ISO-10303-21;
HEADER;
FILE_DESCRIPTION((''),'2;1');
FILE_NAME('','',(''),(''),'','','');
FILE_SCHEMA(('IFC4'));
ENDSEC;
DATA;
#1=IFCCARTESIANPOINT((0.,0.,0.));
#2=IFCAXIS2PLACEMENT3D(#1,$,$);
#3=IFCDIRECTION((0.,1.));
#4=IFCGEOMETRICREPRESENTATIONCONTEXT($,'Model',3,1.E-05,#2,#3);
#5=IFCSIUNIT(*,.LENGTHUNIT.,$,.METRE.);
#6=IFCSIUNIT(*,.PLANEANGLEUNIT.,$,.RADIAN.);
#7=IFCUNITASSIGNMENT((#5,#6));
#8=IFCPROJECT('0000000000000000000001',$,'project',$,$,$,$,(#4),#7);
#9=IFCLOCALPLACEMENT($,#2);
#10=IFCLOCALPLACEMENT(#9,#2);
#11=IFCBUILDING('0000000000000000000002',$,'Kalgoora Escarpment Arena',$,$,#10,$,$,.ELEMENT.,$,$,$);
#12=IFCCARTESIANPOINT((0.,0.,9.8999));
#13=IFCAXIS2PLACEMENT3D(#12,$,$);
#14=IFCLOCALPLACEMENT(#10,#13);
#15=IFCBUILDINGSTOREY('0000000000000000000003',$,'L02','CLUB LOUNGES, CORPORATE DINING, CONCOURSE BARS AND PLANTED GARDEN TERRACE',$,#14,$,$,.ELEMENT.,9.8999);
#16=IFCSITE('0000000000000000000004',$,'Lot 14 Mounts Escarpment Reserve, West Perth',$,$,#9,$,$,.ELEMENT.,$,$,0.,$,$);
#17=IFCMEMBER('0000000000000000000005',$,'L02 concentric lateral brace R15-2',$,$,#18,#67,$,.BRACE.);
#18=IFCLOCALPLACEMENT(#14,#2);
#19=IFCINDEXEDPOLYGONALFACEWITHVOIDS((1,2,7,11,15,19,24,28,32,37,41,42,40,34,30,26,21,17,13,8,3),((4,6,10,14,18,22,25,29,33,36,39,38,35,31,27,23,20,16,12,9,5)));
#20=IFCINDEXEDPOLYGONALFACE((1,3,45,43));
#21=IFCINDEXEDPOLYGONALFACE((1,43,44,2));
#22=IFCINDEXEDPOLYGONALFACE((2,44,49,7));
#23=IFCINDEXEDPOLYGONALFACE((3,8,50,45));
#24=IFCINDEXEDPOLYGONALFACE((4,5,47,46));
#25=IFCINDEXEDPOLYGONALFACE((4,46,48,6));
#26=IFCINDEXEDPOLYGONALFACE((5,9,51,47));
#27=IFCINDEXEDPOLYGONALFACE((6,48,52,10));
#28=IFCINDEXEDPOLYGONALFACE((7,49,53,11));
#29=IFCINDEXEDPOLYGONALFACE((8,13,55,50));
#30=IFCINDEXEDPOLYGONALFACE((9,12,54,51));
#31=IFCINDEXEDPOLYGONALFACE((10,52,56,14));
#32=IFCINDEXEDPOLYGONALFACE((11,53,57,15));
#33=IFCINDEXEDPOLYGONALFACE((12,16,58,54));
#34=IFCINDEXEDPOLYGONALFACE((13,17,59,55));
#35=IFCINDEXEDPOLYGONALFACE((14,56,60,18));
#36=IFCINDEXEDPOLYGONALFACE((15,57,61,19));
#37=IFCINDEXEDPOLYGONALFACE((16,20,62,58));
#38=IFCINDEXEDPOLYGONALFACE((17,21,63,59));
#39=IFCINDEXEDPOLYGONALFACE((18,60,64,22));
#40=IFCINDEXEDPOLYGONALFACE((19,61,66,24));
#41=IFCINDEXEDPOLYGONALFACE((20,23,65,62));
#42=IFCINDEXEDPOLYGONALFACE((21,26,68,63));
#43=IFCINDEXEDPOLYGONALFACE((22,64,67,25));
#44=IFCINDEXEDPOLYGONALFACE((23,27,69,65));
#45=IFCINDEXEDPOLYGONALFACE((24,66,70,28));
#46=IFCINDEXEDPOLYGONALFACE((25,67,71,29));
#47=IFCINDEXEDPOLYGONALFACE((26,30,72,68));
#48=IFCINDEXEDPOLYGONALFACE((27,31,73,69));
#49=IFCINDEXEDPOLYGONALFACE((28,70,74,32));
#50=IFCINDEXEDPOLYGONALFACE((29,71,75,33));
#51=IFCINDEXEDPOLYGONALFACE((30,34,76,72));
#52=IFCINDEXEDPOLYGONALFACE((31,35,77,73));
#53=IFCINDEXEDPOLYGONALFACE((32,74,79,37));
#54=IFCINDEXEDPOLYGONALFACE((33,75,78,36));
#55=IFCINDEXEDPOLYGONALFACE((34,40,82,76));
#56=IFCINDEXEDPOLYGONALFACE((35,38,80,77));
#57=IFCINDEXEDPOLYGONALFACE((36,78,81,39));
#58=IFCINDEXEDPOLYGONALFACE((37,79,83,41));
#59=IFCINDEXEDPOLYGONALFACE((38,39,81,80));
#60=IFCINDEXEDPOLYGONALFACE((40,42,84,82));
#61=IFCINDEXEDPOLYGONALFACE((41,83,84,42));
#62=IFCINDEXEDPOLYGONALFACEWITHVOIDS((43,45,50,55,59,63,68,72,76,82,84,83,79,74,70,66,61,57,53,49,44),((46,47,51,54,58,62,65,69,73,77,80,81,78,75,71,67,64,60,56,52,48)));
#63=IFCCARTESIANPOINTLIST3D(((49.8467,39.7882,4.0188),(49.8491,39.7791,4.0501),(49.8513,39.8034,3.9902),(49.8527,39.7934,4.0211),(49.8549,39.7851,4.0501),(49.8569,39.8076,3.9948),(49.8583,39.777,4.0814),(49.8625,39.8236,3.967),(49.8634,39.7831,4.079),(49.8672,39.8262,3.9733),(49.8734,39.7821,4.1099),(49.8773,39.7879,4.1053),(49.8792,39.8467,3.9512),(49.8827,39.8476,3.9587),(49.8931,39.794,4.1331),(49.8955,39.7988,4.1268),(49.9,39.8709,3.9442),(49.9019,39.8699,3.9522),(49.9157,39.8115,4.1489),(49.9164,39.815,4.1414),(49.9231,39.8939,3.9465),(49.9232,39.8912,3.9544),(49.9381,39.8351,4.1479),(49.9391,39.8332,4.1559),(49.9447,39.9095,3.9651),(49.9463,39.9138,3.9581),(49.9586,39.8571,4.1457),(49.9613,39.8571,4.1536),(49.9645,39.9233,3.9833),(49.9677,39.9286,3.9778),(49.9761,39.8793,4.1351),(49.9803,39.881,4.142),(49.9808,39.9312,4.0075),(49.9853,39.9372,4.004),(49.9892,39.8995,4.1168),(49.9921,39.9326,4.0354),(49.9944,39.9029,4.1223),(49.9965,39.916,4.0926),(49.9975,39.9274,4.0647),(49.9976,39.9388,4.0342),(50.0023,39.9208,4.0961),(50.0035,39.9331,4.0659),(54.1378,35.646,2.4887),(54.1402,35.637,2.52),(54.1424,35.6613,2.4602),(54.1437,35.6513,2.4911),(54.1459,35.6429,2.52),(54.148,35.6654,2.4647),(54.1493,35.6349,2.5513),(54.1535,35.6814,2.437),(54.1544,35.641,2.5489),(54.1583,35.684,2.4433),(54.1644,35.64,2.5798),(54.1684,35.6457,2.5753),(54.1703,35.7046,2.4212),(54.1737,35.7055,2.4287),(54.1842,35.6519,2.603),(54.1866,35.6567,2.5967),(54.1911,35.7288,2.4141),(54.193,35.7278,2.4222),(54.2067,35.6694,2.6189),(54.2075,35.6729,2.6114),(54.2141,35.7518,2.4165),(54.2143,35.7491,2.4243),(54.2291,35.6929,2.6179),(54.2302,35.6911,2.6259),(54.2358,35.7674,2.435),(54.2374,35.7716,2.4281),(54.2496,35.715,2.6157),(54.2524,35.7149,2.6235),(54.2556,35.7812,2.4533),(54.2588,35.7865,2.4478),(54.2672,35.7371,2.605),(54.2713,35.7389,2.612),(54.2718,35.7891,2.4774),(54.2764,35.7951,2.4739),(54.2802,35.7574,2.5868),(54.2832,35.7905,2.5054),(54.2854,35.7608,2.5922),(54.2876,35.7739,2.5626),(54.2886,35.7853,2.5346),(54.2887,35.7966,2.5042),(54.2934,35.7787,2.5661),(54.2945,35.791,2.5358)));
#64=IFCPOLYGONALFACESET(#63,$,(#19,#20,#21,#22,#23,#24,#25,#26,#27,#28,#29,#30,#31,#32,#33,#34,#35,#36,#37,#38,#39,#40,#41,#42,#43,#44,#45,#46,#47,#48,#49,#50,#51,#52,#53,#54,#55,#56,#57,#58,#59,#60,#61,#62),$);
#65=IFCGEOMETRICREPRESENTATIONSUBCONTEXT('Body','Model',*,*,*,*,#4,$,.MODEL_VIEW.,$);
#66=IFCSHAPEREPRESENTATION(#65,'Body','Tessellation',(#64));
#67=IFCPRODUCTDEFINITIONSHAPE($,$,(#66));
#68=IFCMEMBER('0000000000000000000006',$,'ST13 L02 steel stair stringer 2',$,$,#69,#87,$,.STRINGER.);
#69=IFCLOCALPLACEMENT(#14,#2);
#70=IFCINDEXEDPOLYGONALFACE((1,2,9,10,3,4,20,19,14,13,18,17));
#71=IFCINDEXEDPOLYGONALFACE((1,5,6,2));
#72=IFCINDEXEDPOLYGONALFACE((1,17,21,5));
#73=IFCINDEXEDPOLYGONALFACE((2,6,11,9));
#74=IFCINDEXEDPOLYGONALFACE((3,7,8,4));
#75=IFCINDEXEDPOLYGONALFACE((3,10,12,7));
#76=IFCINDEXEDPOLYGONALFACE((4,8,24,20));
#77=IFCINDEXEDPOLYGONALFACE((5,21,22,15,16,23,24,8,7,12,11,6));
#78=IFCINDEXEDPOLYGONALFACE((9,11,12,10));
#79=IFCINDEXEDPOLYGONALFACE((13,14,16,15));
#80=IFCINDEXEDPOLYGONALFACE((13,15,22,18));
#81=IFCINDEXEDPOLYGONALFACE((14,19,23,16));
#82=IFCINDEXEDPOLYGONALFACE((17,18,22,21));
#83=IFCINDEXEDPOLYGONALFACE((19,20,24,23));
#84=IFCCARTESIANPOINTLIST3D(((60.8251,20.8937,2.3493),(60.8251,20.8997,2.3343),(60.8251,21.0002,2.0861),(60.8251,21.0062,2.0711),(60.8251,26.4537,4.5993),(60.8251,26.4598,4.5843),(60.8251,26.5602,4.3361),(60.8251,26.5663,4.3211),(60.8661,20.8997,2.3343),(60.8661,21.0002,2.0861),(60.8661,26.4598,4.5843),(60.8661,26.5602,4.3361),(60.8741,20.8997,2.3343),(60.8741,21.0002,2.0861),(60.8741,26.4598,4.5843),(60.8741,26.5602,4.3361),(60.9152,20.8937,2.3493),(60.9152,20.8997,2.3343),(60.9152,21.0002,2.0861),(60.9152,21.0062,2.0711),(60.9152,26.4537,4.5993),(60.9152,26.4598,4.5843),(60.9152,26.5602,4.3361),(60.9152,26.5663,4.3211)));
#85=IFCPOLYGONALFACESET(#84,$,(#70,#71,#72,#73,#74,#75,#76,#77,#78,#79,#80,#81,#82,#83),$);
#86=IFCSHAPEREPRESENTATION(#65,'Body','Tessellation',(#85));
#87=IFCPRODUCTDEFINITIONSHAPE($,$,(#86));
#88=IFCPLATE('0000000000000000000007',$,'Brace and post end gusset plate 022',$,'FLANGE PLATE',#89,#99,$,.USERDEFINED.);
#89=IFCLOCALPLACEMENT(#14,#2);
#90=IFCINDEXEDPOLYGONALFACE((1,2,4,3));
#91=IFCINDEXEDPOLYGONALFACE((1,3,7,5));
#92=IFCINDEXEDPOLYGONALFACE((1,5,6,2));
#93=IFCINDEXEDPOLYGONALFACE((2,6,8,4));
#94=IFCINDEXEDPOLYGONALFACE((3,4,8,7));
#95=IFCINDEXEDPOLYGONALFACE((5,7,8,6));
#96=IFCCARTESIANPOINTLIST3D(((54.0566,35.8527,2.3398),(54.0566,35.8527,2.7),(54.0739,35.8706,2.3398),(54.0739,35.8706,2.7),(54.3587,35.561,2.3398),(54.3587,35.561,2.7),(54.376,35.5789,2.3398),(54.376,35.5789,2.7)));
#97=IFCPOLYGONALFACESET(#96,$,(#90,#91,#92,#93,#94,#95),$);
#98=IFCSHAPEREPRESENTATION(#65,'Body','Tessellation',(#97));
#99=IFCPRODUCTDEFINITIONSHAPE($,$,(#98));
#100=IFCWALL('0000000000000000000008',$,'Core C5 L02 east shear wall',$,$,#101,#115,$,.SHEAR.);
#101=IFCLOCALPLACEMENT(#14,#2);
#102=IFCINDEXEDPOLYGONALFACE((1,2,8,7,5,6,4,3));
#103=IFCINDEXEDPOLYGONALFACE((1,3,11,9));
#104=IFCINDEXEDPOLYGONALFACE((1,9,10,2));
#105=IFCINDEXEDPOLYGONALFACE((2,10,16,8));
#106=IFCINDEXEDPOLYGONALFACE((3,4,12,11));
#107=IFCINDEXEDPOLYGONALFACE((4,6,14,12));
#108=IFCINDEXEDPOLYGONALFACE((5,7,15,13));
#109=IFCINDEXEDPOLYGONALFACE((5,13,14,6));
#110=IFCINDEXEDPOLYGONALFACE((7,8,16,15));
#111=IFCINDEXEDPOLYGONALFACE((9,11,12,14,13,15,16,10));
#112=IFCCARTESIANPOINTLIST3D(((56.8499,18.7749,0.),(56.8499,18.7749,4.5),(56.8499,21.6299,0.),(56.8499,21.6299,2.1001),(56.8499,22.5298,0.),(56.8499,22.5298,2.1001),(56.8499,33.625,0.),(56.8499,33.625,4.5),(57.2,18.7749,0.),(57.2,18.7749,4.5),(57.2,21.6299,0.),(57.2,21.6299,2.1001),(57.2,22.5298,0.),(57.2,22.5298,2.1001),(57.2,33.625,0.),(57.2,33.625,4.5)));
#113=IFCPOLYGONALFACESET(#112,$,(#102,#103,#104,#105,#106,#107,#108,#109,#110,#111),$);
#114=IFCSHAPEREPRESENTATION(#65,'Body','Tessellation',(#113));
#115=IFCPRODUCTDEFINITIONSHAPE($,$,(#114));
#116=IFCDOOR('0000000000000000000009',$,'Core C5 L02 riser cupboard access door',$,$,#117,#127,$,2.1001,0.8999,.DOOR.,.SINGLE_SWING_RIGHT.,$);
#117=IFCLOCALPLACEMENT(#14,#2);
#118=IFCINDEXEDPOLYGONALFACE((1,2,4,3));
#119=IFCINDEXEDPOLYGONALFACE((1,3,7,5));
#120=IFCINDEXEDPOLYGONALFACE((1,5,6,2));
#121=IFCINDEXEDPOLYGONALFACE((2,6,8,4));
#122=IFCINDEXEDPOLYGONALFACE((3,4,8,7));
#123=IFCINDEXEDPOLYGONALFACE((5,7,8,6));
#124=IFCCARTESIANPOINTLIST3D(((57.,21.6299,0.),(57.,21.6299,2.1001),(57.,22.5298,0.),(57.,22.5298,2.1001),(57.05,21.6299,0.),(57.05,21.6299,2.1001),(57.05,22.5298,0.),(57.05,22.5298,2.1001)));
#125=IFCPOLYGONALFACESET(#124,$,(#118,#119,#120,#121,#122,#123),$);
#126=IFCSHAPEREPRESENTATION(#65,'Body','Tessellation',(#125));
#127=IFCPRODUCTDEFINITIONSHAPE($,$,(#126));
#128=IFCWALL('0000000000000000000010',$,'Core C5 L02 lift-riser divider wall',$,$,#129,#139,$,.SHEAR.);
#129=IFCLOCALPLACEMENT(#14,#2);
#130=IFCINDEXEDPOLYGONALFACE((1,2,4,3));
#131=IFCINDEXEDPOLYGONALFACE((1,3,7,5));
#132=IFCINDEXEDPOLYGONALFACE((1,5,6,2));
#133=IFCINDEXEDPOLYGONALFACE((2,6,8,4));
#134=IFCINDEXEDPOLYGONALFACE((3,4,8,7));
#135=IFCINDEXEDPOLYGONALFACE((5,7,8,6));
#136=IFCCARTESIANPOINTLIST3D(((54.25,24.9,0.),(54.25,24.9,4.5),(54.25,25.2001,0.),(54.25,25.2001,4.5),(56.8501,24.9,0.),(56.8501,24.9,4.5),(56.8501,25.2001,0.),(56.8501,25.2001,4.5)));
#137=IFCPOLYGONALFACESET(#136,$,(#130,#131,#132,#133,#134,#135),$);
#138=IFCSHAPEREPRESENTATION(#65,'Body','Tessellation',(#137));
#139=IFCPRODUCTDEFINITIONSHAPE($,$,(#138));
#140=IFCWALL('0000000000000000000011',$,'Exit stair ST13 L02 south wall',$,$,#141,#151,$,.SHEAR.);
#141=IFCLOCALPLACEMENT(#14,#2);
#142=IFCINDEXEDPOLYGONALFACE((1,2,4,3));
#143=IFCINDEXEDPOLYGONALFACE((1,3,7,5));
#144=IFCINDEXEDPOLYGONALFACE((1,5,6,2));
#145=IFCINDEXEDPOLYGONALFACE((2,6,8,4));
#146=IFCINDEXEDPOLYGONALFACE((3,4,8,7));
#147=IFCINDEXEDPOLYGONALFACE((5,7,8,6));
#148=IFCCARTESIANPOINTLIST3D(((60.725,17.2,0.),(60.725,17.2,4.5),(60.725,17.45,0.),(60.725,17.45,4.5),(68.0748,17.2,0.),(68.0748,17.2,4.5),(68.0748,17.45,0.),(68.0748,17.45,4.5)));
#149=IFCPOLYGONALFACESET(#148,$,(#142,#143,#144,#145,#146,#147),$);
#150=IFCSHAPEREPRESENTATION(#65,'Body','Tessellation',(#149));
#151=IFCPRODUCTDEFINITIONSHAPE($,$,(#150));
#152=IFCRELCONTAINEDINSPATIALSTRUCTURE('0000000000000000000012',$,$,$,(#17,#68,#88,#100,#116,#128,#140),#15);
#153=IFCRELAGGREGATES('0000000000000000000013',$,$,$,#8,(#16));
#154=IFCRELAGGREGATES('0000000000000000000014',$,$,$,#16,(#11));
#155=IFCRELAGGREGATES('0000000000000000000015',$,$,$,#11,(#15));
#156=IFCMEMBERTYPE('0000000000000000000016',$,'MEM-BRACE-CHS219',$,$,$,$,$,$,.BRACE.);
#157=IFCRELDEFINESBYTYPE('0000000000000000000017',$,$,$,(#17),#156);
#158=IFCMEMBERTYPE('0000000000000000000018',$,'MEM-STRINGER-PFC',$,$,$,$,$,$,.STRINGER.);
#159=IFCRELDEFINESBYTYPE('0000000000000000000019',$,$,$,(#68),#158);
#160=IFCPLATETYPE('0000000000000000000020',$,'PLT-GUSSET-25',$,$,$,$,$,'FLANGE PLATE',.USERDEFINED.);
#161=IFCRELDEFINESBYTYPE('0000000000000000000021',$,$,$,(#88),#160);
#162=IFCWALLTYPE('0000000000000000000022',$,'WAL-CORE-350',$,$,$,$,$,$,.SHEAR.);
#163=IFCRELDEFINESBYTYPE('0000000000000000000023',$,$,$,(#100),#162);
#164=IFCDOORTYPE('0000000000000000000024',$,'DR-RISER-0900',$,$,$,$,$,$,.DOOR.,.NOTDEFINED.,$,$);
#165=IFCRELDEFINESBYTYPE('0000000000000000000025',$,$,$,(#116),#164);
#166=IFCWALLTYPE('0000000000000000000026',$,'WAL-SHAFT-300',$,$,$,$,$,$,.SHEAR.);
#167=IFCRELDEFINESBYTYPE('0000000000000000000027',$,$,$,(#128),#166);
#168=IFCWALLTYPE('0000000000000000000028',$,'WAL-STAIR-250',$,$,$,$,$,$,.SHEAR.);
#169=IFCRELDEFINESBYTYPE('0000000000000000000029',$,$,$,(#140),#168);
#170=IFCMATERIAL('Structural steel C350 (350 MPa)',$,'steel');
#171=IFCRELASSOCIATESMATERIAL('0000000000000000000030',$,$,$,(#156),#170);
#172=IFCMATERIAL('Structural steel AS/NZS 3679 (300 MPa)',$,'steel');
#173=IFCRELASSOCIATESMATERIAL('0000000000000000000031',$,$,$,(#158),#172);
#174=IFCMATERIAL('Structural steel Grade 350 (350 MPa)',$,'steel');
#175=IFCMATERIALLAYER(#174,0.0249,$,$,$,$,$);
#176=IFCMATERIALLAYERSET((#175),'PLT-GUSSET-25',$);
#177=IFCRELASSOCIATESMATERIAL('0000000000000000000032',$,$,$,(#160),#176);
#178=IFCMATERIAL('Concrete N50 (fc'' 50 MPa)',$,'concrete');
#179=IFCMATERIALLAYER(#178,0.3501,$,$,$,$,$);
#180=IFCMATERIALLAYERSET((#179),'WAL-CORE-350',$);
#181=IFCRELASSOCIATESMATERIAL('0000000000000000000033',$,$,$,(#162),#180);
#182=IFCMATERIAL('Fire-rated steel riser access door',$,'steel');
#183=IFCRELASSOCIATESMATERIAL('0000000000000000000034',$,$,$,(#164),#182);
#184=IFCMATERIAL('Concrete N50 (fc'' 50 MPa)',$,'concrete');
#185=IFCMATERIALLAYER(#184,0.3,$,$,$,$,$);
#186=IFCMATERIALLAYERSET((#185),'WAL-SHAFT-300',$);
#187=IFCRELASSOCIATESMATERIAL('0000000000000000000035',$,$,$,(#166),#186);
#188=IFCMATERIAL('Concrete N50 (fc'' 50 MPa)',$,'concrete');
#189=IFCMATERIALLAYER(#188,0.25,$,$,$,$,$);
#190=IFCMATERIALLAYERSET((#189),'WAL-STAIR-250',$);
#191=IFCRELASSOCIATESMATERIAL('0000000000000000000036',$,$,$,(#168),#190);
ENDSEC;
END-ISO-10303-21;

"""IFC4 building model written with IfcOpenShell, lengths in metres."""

from ifc_helpers import new_model, si_unit, direction, frame, frame_2d, origin, origin_2d, place, context, subcontext, project, spatial, rectangle, hollow_circle, i_section, extrude, material, layer, layer_set, material_profile, profile_set, type_object, element, fill, save


model = new_model("IFC4")

# Units and contexts
model_context = context("Model", 3, precision=1e-05, world=origin(), true_north=direction((0.0, 1.0)))
body_context = subcontext(model_context, "Body", "Model", "MODEL_VIEW")
ifc_project = project(units=[si_unit("LENGTHUNIT", "METRE"), si_unit("PLANEANGLEUNIT", "RADIAN")], contexts=[model_context])

# Site, building, storey
site_placement = place(None, origin())
site = spatial("IfcSite", under=ifc_project, at=site_placement, Name="Lot 14 Mounts Escarpment Reserve, West Perth", CompositionType="ELEMENT", RefElevation=0.0)
building_placement = place(site_placement, origin())
building = spatial("IfcBuilding", under=site, at=building_placement, Name="Kalgoora Escarpment Arena", CompositionType="ELEMENT")
storey_placement = place(building_placement, frame((0.0, 0.0, 9.8999)))
storey = spatial("IfcBuildingStorey", under=building, at=storey_placement, Name="L02", Description="CLUB LOUNGES, CORPORATE DINING, CONCOURSE BARS AND PLANTED GARDEN TERRACE", CompositionType="ELEMENT", Elevation=9.8999)

# Members
ifc_material_1 = material(Name="Structural steel C350 (350 MPa)", Category="steel")
ifc_material_profile_1 = material_profile(ifc_material_1, hollow_circle(Radius=0.1096, WallThickness=0.0083, at=origin_2d()))
ifc_profile_set_1 = profile_set([ifc_material_profile_1], Name="Structural steel C350 (350 MPa)")
member_type_1 = type_object("IfcMemberType", Name="MEM-BRACE-CHS219", PredefinedType="BRACE", material=ifc_profile_set_1)
member_1_placement = place(storey_placement, frame((54.2163, 35.7158, 2.52), z_axis=(-0.696914, 0.672727, 0.248496), x_axis=(-0.694511, -0.719482, 0.0)))
element("IfcMember", 1, at=member_1_placement, inside=storey, type_object=member_type_1, Name="L02 concentric lateral brace R15-2", PredefinedType="BRACE", context=body_context, shape_type="SweptSolid", body=[
    extrude(hollow_circle(Radius=0.1096, WallThickness=0.0083, at=origin_2d()), origin(), (0.0, 0.0, 1.0), 6.1572),
])
ifc_material_2 = material(Name="Structural steel AS/NZS 3679 (300 MPa)", Category="steel")
ifc_material_profile_2 = material_profile(ifc_material_2, i_section(OverallWidth=0.0901, OverallDepth=0.3, WebThickness=0.0081, FlangeThickness=0.0161, at=origin_2d()))
ifc_profile_set_2 = profile_set([ifc_material_profile_2], Name="Structural steel AS/NZS 3679 (300 MPa)")
member_type_2 = type_object("IfcMemberType", Name="MEM-STRINGER-PFC", PredefinedType="STRINGER", material=ifc_profile_set_2)
member_2_placement = place(storey_placement, frame((60.8701, 20.95, 2.2102), z_axis=(0.0, 0.926976, 0.375121), x_axis=(-1.0, 0.0, 0.0)))
element("IfcMember", 2, at=member_2_placement, inside=storey, type_object=member_type_2, Name="ST13 L02 steel stair stringer 2", PredefinedType="STRINGER", context=body_context, shape_type="SweptSolid", body=[
    extrude(i_section(OverallWidth=0.0901, OverallDepth=0.3, WebThickness=0.0081, FlangeThickness=0.0161, at=origin_2d()), origin(), (0.0, 0.0, 1.0), 5.998),
])

# Plate
ifc_material_3 = material(Name="Structural steel Grade 350 (350 MPa)", Category="steel")
ifc_layer_1 = layer(ifc_material_3, 0.0249)
ifc_layer_set_1 = layer_set([ifc_layer_1], Name="PLT-GUSSET-25")
plate_type = type_object("IfcPlateType", Name="PLT-GUSSET-25", ElementType="FLANGE PLATE", PredefinedType="USERDEFINED", material=ifc_layer_set_1)
plate_placement = place(storey_placement, frame((54.2163, 35.7158, 2.3398), z_axis=(0.0, 0.0, 1.0), x_axis=(-0.71934, 0.694658, 0.0)))
element("IfcPlate", 3, at=plate_placement, inside=storey, type_object=plate_type, Name="Brace and post end gusset plate 022", ObjectType="FLANGE PLATE", PredefinedType="USERDEFINED", context=body_context, shape_type="SweptSolid", body=[
    extrude(rectangle(XDim=0.4199, YDim=0.0249, at=origin_2d()), origin(), (0.0, 0.0, 1.0), 0.3601),
])

# Wall, opening, door
ifc_material_4 = material(Name="Concrete N50 (fc' 50 MPa)", Category="concrete")
ifc_layer_2 = layer(ifc_material_4, 0.3501)
ifc_layer_set_2 = layer_set([ifc_layer_2], Name="WAL-CORE-350")
wall_type_1 = type_object("IfcWallType", Name="WAL-CORE-350", PredefinedType="SHEAR", material=ifc_layer_set_2)
wall_1_placement = place(storey_placement, frame((57.0249, 18.7749, 0.0), z_axis=(0.0, 0.0, 1.0), x_axis=(0.0, 1.0, 0.0)))
wall_1 = element("IfcWall", 4, at=wall_1_placement, inside=storey, type_object=wall_type_1, Name="Core C5 L02 east shear wall", PredefinedType="SHEAR", context=body_context, shape_type="SweptSolid", body=[
    extrude(rectangle(XDim=14.8501, YDim=0.3501, at=frame_2d((7.425, 0.0))), origin(), (0.0, 0.0, 1.0), 4.5),
])
opening_1_placement = place(wall_1_placement, frame((2.855, 0.0, 0.0)))
opening_1 = element("IfcOpeningElement", 5, at=opening_1_placement, cuts=wall_1, PredefinedType="OPENING", context=body_context, shape_type="SweptSolid", body=[
    extrude(rectangle(XDim=0.8999, YDim=2.1001, at=frame_2d((0.45, 1.05))), frame((0.0, 0.1851, 0.0), z_axis=(0.0, -1.0, 0.0), x_axis=(1.0, 0.0, 0.0)), (0.0, 0.0, 1.0), 0.3701),
])
ifc_material_5 = material(Name="Fire-rated steel riser access door", Category="steel")
door_type_1 = type_object("IfcDoorType", Name="DR-RISER-0900", OperationType="NOTDEFINED", PredefinedType="DOOR", material=ifc_material_5)
door_1_placement = place(opening_1_placement, origin())
door_1 = element("IfcDoor", 6, at=door_1_placement, inside=storey, type_object=door_type_1, Name="Core C5 L02 riser cupboard access door", OperationType="SINGLE_SWING_RIGHT", OverallHeight=2.1001, OverallWidth=0.8999, PredefinedType="DOOR", context=body_context, shape_type="SweptSolid", body=[
    extrude(rectangle(XDim=0.8999, YDim=2.1001, at=frame_2d((0.45, 1.05))), frame((0.0, 0.0249, 0.0), z_axis=(0.0, -1.0, 0.0), x_axis=(1.0, 0.0, 0.0)), (0.0, 0.0, 1.0), 0.05),
])
fill(opening_1, door_1)

# Walls
ifc_material_6 = material(Name="Concrete N50 (fc' 50 MPa)", Category="concrete")
ifc_layer_3 = layer(ifc_material_6, 0.3)
ifc_layer_set_3 = layer_set([ifc_layer_3], Name="WAL-SHAFT-300")
wall_type_2 = type_object("IfcWallType", Name="WAL-SHAFT-300", PredefinedType="SHEAR", material=ifc_layer_set_3)
wall_2_placement = place(storey_placement, frame((54.25, 25.05, 0.0), z_axis=(0.0, 0.0, 1.0), x_axis=(1.0, 0.0, 0.0)))
element("IfcWall", 7, at=wall_2_placement, inside=storey, type_object=wall_type_2, Name="Core C5 L02 lift-riser divider wall", PredefinedType="SHEAR", context=body_context, shape_type="SweptSolid", body=[
    extrude(rectangle(XDim=2.6001, YDim=0.3, at=frame_2d((1.3, 0.0))), origin(), (0.0, 0.0, 1.0), 4.5),
])
ifc_material_7 = material(Name="Concrete N50 (fc' 50 MPa)", Category="concrete")
ifc_layer_4 = layer(ifc_material_7, 0.25)
ifc_layer_set_4 = layer_set([ifc_layer_4], Name="WAL-STAIR-250")
wall_type_3 = type_object("IfcWallType", Name="WAL-STAIR-250", PredefinedType="SHEAR", material=ifc_layer_set_4)
wall_3_placement = place(storey_placement, frame((60.7251, 17.325, 0.0), z_axis=(0.0, 0.0, 1.0), x_axis=(1.0, 0.0, 0.0)))
element("IfcWall", 8, at=wall_3_placement, inside=storey, type_object=wall_type_3, Name="Exit stair ST13 L02 south wall", PredefinedType="SHEAR", context=body_context, shape_type="SweptSolid", body=[
    extrude(rectangle(XDim=7.3499, YDim=0.25, at=frame_2d((3.6748, 0.0))), origin(), (0.0, 0.0, 1.0), 4.5),
])

save(model, "model.ifc")
